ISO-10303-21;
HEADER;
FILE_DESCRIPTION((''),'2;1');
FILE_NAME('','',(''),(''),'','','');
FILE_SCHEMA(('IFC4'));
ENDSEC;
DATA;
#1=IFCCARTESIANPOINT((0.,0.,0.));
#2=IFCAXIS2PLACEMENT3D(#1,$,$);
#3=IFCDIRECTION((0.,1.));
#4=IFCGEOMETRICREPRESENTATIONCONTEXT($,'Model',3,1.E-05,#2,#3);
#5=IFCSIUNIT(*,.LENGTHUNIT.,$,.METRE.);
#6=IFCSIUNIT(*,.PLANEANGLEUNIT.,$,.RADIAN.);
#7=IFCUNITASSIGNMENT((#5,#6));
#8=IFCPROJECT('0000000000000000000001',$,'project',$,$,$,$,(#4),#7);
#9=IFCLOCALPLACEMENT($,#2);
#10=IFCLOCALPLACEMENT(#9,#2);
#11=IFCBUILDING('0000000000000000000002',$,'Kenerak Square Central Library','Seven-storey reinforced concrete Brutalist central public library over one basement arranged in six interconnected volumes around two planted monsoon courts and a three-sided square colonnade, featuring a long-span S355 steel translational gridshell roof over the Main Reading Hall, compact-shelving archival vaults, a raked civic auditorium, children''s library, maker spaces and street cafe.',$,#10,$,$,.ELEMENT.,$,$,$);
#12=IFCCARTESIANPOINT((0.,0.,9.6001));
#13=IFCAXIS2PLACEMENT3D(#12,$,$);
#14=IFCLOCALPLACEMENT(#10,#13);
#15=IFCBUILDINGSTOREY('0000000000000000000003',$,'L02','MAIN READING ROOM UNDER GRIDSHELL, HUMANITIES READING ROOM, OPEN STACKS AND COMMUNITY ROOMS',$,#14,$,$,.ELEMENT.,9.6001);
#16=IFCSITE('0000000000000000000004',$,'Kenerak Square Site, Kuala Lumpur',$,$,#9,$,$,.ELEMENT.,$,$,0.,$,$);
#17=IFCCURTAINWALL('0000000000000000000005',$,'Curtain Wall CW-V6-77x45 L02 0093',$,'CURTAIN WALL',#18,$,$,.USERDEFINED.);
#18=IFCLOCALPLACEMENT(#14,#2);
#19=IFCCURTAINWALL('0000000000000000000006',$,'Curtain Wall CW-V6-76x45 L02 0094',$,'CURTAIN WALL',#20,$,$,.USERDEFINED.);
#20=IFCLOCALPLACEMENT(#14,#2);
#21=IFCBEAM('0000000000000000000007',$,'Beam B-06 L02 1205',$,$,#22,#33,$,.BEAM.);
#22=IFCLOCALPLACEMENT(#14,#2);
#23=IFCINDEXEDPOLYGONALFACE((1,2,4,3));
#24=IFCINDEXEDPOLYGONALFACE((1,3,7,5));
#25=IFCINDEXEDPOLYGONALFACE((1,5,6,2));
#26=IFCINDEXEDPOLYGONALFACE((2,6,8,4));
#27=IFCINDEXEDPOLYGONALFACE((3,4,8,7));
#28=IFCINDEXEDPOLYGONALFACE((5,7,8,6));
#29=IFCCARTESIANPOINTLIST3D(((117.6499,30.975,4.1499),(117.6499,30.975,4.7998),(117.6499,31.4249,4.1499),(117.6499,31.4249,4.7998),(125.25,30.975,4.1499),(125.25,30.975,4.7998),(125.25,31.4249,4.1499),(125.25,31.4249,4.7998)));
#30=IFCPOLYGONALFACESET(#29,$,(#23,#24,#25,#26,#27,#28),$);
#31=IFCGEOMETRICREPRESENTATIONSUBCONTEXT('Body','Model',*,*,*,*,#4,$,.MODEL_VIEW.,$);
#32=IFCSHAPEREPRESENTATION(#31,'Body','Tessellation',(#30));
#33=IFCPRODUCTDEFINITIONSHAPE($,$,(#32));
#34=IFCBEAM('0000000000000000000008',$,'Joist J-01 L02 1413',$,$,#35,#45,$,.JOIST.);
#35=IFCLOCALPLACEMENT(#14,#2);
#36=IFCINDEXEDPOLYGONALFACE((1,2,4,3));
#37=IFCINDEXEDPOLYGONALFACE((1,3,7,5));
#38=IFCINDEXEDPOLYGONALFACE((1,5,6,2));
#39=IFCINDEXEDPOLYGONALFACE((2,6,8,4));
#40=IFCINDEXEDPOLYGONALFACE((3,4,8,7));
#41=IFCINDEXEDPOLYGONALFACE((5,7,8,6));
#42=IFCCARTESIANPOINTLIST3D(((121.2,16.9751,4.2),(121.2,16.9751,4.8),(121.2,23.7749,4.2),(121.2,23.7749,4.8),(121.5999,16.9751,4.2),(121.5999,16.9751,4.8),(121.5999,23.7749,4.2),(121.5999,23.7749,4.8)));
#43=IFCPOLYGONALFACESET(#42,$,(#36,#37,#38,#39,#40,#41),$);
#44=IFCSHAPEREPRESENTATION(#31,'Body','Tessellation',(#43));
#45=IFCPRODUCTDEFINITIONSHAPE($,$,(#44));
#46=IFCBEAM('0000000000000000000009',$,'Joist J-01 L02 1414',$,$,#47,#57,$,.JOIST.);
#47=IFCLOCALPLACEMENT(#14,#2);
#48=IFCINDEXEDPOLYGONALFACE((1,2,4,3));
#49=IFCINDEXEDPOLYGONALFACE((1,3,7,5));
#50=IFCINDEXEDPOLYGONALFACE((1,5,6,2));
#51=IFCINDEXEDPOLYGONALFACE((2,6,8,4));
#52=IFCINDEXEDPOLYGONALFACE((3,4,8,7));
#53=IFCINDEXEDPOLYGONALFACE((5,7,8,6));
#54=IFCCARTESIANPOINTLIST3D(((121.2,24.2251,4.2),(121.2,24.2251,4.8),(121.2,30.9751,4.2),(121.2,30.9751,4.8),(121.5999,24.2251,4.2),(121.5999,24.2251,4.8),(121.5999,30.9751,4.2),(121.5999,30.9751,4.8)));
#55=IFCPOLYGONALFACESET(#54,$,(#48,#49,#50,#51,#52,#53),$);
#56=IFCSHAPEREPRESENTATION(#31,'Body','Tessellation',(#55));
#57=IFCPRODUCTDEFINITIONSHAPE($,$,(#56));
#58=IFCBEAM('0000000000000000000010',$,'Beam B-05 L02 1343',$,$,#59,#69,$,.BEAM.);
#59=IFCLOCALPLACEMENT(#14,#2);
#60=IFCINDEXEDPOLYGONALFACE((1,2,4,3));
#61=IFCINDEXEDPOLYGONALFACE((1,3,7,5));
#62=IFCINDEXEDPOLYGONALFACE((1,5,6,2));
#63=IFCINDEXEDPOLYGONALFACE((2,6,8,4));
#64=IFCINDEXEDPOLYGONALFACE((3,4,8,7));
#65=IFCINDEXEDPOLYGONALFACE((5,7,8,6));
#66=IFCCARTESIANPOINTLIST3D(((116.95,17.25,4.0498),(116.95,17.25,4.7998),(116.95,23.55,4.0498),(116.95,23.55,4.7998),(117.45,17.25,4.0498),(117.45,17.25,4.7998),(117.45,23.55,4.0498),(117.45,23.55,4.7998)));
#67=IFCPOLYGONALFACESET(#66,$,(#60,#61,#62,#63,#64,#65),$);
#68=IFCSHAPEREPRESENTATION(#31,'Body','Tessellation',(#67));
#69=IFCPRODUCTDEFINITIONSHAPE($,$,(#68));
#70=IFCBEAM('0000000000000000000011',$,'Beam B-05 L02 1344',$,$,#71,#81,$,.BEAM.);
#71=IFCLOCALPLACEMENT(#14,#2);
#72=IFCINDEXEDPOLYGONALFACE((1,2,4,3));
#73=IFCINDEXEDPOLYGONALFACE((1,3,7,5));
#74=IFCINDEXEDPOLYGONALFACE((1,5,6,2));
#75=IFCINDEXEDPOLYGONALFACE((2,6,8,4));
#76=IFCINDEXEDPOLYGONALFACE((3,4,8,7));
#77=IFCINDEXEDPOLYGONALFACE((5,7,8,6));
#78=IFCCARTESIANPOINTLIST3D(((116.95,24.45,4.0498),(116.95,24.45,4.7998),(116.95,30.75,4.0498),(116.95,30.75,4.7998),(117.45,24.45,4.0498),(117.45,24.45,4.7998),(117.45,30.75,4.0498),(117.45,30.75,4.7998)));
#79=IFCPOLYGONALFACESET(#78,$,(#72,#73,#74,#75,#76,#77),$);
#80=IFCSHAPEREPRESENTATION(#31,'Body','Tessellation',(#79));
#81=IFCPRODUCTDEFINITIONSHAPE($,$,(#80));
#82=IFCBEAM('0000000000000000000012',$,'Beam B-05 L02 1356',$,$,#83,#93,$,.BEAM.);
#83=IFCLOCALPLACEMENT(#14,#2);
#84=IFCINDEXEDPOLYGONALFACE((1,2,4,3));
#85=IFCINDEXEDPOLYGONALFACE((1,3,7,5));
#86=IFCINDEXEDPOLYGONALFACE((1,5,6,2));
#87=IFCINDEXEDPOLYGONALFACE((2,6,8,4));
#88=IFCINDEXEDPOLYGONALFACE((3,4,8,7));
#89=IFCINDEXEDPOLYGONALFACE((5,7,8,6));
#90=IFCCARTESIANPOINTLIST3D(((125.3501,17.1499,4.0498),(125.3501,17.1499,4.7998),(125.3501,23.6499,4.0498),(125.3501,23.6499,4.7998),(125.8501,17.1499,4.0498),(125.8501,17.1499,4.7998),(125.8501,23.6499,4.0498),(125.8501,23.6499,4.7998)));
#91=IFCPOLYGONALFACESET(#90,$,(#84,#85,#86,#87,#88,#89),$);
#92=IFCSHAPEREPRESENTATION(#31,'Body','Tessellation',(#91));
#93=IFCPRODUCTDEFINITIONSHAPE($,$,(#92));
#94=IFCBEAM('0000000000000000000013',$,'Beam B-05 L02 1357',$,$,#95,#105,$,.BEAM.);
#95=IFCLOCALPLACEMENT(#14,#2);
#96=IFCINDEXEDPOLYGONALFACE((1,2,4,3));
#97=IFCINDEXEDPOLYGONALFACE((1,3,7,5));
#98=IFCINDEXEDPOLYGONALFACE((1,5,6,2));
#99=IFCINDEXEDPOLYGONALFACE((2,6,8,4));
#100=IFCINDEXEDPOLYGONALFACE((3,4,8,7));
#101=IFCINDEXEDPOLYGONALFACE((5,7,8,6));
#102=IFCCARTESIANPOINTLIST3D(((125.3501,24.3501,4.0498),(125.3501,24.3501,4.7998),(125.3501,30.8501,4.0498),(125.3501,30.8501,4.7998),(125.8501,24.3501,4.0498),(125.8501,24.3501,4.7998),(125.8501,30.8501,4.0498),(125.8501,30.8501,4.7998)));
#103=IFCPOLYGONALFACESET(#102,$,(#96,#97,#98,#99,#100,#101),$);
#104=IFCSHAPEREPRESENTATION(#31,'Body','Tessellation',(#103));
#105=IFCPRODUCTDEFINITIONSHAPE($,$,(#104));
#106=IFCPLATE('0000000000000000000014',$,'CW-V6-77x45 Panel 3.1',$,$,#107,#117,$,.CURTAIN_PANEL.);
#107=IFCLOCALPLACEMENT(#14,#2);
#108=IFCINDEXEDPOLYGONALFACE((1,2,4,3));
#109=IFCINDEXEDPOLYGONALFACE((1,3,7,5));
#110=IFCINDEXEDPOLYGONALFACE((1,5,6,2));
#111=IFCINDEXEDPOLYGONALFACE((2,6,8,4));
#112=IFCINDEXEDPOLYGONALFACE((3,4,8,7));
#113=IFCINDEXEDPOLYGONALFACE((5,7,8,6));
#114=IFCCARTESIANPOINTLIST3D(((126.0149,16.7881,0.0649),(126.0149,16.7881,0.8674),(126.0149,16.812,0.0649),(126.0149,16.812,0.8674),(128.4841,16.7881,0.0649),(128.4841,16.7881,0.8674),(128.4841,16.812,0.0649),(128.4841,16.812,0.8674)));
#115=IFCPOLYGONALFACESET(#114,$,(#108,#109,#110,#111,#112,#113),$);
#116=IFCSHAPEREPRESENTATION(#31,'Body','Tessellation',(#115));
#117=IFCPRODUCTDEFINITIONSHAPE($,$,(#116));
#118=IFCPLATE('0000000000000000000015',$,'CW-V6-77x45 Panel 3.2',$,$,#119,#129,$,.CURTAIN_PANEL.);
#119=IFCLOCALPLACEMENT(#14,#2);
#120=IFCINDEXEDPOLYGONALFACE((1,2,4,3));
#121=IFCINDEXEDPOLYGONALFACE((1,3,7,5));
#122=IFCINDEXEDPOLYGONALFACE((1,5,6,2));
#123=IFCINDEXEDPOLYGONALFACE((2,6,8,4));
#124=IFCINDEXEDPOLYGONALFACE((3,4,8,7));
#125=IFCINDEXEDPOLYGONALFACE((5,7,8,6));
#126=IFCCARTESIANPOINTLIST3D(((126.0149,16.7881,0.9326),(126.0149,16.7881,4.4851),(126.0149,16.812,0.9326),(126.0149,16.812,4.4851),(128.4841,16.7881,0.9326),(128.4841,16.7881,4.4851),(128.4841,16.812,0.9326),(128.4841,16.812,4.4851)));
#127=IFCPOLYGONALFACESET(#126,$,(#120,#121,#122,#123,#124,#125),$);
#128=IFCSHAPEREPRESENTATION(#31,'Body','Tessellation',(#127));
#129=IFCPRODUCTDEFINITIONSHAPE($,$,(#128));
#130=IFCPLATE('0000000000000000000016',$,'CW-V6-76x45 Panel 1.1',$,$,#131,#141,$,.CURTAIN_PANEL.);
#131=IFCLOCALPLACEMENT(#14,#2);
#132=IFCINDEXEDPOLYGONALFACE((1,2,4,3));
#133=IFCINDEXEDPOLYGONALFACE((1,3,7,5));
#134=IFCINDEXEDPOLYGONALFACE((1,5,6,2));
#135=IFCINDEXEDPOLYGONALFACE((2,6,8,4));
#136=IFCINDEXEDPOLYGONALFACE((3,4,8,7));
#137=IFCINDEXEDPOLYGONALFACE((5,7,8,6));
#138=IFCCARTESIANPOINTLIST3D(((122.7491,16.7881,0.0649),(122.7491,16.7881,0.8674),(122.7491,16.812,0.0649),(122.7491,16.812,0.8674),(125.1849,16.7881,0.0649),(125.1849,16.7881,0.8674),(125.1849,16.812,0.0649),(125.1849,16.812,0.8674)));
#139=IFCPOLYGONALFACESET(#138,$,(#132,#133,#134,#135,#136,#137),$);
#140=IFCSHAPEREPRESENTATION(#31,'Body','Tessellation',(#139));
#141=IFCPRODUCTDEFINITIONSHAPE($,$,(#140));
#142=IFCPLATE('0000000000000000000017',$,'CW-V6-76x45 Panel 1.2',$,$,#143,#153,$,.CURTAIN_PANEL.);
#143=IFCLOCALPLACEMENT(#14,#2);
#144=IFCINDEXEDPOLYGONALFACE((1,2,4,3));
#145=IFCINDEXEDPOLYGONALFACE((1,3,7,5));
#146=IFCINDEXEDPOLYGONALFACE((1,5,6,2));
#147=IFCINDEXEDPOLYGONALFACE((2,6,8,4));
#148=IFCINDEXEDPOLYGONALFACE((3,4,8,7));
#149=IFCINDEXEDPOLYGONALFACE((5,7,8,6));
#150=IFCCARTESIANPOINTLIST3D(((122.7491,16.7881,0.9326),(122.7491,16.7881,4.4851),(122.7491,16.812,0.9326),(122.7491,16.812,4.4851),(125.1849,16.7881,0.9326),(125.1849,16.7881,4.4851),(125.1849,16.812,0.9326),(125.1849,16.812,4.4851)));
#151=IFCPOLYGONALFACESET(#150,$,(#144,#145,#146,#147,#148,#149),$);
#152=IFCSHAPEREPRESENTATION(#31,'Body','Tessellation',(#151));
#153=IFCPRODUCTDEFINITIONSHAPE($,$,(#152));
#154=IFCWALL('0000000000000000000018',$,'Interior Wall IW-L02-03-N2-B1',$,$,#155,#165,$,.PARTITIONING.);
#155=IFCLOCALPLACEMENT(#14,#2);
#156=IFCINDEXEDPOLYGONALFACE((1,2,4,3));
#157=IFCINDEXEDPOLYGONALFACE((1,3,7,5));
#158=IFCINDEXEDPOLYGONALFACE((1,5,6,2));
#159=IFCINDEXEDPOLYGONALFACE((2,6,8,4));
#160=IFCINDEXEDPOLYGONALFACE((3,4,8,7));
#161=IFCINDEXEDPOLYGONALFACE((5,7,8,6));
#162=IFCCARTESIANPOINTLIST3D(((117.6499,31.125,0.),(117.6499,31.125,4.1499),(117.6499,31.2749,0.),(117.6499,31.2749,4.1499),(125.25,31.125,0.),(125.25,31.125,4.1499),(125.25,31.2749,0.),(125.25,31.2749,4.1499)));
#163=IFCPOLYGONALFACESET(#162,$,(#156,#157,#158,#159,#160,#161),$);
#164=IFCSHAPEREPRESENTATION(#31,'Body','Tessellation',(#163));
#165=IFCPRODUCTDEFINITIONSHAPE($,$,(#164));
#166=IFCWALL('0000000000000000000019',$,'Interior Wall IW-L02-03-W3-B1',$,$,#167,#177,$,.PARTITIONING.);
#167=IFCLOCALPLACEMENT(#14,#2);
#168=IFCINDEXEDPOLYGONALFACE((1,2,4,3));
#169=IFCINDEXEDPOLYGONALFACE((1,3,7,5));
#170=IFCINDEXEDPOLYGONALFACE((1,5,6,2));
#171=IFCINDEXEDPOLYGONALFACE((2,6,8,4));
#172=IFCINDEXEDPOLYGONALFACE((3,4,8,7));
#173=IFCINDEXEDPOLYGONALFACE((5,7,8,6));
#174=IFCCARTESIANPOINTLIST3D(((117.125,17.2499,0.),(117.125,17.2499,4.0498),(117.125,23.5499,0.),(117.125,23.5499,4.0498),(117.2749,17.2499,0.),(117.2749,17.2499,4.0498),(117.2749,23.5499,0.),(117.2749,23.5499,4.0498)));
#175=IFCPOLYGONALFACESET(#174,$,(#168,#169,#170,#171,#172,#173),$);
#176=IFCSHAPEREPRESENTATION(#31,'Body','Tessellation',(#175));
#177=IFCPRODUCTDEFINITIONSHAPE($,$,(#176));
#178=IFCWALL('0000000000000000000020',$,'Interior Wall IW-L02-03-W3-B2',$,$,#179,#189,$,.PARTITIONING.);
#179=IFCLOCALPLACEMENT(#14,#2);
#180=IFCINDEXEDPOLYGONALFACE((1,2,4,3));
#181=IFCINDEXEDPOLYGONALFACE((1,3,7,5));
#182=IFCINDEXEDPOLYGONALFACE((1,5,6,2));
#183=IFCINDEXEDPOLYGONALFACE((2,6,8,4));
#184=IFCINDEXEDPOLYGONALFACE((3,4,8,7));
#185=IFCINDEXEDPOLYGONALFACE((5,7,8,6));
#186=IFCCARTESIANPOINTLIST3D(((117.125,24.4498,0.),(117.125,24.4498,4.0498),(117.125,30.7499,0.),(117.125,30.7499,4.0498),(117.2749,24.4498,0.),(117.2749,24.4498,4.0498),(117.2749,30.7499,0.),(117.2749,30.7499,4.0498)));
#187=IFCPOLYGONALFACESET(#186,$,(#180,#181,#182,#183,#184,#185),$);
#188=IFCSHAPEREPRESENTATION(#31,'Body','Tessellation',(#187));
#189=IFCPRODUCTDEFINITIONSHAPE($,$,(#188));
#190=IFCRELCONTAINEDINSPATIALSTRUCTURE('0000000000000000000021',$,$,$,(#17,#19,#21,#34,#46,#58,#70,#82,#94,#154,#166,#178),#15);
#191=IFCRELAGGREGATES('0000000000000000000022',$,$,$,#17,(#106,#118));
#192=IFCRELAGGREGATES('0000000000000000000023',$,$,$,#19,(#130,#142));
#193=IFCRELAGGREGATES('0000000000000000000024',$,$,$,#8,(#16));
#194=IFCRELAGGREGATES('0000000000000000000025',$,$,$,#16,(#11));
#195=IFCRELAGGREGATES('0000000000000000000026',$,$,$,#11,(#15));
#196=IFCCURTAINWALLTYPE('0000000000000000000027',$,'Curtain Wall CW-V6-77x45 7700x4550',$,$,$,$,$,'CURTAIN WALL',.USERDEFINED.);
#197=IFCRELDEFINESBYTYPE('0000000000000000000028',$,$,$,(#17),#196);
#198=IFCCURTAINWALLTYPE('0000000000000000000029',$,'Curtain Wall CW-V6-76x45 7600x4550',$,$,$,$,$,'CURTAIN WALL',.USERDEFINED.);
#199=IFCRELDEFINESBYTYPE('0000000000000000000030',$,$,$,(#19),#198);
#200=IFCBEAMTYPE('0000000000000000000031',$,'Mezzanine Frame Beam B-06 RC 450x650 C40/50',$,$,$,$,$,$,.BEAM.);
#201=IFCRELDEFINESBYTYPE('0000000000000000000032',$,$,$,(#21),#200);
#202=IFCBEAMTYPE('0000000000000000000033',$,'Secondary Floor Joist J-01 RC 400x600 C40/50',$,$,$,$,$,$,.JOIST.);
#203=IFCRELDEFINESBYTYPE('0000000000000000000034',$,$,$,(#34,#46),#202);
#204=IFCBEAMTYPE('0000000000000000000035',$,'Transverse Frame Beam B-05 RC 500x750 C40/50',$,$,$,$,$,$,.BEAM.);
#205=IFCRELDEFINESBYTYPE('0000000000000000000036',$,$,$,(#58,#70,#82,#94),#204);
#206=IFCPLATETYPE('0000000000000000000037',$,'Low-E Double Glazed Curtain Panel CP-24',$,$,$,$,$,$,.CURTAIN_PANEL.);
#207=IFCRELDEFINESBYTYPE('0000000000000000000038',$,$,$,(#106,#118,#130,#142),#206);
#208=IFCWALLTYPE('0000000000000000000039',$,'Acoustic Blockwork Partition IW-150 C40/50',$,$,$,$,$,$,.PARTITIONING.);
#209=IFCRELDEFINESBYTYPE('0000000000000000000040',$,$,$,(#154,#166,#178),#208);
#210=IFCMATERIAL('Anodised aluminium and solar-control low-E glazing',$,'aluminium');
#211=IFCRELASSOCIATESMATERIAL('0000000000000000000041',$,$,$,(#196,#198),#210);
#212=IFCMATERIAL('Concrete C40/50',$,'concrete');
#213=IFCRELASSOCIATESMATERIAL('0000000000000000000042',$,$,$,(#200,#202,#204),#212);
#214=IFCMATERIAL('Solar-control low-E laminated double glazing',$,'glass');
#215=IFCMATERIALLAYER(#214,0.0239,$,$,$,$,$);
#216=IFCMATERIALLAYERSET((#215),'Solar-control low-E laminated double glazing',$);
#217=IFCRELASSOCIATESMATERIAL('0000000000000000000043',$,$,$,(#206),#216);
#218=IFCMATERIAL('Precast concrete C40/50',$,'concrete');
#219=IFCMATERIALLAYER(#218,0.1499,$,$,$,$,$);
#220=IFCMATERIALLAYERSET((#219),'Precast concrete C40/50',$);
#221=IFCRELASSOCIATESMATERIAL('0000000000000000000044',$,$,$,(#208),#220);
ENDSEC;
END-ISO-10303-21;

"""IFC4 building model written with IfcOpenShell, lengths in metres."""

from ifc_helpers import new_model, si_unit, direction, frame, frame_2d, origin, origin_2d, place, context, subcontext, project, spatial, rectangle, extrude, material, layer, layer_set, material_profile, profile_set, type_object, element, aggregate, save


model = new_model("IFC4")

# Units and contexts
model_context = context("Model", 3, precision=1e-05, world=origin(), true_north=direction((0.0, 1.0)))
body_context = subcontext(model_context, "Body", "Model", "MODEL_VIEW")
ifc_project = project(units=[si_unit("LENGTHUNIT", "METRE"), si_unit("PLANEANGLEUNIT", "RADIAN")], contexts=[model_context])

# Site, building, storey
site_placement = place(None, origin())
site = spatial("IfcSite", under=ifc_project, at=site_placement, Name="Kenerak Square Site, Kuala Lumpur", CompositionType="ELEMENT", RefElevation=0.0)
building_placement = place(site_placement, origin())
building = spatial("IfcBuilding", under=site, at=building_placement, Name="Kenerak Square Central Library", Description="Seven-storey reinforced concrete Brutalist central public library over one basement arranged in six interconnected volumes around two planted monsoon courts and a three-sided square colonnade, featuring a long-span S355 steel translational gridshell roof over the Main Reading Hall, compact-shelving archival vaults, a raked civic auditorium, children's library, maker spaces and street cafe.", CompositionType="ELEMENT")
storey_placement = place(building_placement, frame((0.0, 0.0, 9.6001)))
storey = spatial("IfcBuildingStorey", under=building, at=storey_placement, Name="L02", Description="MAIN READING ROOM UNDER GRIDSHELL, HUMANITIES READING ROOM, OPEN STACKS AND COMMUNITY ROOMS", CompositionType="ELEMENT", Elevation=9.6001)

# Shared definitions
ifc_material_1 = material(Name="Concrete C40/50", Category="concrete")

# Curtain walls
ifc_material_2 = material(Name="Anodised aluminium and solar-control low-E glazing", Category="aluminium")
curtain_wall_type_1 = type_object("IfcCurtainWallType", Name="Curtain Wall CW-V6-77x45 7700x4550", ElementType="CURTAIN WALL", PredefinedType="USERDEFINED", material=ifc_material_2)
curtain_wall_1_placement = place(storey_placement, origin())
curtain_wall_1 = element("IfcCurtainWall", 1, at=curtain_wall_1_placement, inside=storey, type_object=curtain_wall_type_1, Name="Curtain Wall CW-V6-77x45 L02 0093", ObjectType="CURTAIN WALL", PredefinedType="USERDEFINED")
curtain_wall_type_2 = type_object("IfcCurtainWallType", Name="Curtain Wall CW-V6-76x45 7600x4550", ElementType="CURTAIN WALL", PredefinedType="USERDEFINED", material=ifc_material_2)
curtain_wall_2_placement = place(storey_placement, origin())
curtain_wall_2 = element("IfcCurtainWall", 2, at=curtain_wall_2_placement, inside=storey, type_object=curtain_wall_type_2, Name="Curtain Wall CW-V6-76x45 L02 0094", ObjectType="CURTAIN WALL", PredefinedType="USERDEFINED")

# Beams
ifc_material_profile_1 = material_profile(ifc_material_1, rectangle(XDim=0.45, YDim=0.6499, at=origin_2d()), Name="RC 450x650")
ifc_profile_set_1 = profile_set([ifc_material_profile_1], Name="Concrete C40/50")
beam_type_1 = type_object("IfcBeamType", Name="Mezzanine Frame Beam B-06 RC 450x650 C40/50", PredefinedType="BEAM", material=ifc_profile_set_1)
beam_1_placement = place(storey_placement, frame((117.6499, 31.2, 4.4749), z_axis=(1.0, 0.0, 0.0), x_axis=(0.0, 1.0, 0.0)))
element("IfcBeam", 3, at=beam_1_placement, inside=storey, type_object=beam_type_1, Name="Beam B-06 L02 1205", PredefinedType="BEAM", context=body_context, shape_type="SweptSolid", body=[
    extrude(rectangle(XDim=0.45, YDim=0.6499, at=origin_2d()), origin(), (0.0, 0.0, 1.0), 7.6001),
])
ifc_material_profile_2 = material_profile(ifc_material_1, rectangle(XDim=0.3999, YDim=0.6001, at=origin_2d()), Name="RC 400x600")
ifc_profile_set_2 = profile_set([ifc_material_profile_2], Name="Concrete C40/50")
beam_type_2 = type_object("IfcBeamType", Name="Secondary Floor Joist J-01 RC 400x600 C40/50", PredefinedType="JOIST", material=ifc_profile_set_2)
beam_2_placement = place(storey_placement, frame((121.3999, 16.9751, 4.5), z_axis=(0.0, 1.0, 0.0), x_axis=(-1.0, 0.0, 0.0)))
element("IfcBeam", 4, at=beam_2_placement, inside=storey, type_object=beam_type_2, Name="Joist J-01 L02 1413", PredefinedType="JOIST", context=body_context, shape_type="SweptSolid", body=[
    extrude(rectangle(XDim=0.3999, YDim=0.6001, at=origin_2d()), origin(), (0.0, 0.0, 1.0), 6.7998),
])
beam_3_placement = place(storey_placement, frame((121.3999, 24.2251, 4.5), z_axis=(0.0, 1.0, 0.0), x_axis=(-1.0, 0.0, 0.0)))
element("IfcBeam", 5, at=beam_3_placement, inside=storey, type_object=beam_type_2, Name="Joist J-01 L02 1414", PredefinedType="JOIST", context=body_context, shape_type="SweptSolid", body=[
    extrude(rectangle(XDim=0.3999, YDim=0.6001, at=origin_2d()), origin(), (0.0, 0.0, 1.0), 6.75),
])
ifc_material_profile_3 = material_profile(ifc_material_1, rectangle(XDim=0.5, YDim=0.75, at=origin_2d()), Name="RC 500x750")
ifc_profile_set_3 = profile_set([ifc_material_profile_3], Name="Concrete C40/50")
beam_type_3 = type_object("IfcBeamType", Name="Transverse Frame Beam B-05 RC 500x750 C40/50", PredefinedType="BEAM", material=ifc_profile_set_3)
for number, where, z_axis, x_axis, name in (
    (6, (117.2, 17.25, 4.4248), (0.0, 1.0, 0.0), (-1.0, 0.0, 0.0), "Beam B-05 L02 1343"),
    (7, (117.2, 24.45, 4.4248), (0.0, 1.0, 0.0), (-1.0, 0.0, 0.0), "Beam B-05 L02 1344"),
):
    element("IfcBeam", number, at=place(storey_placement, frame(where, z_axis=z_axis, x_axis=x_axis)), inside=storey, type_object=beam_type_3, Name=name, PredefinedType="BEAM", context=body_context, shape_type="SweptSolid", body=[
        extrude(rectangle(XDim=0.5, YDim=0.75, at=origin_2d()), origin(), (0.0, 0.0, 1.0), 6.3),
    ])
for number, where, z_axis, x_axis, name in (
    (8, (125.6001, 17.1499, 4.4248), (0.0, 1.0, 0.0), (-1.0, 0.0, 0.0), "Beam B-05 L02 1356"),
    (9, (125.6001, 24.3501, 4.4248), (0.0, 1.0, 0.0), (-1.0, 0.0, 0.0), "Beam B-05 L02 1357"),
):
    element("IfcBeam", number, at=place(storey_placement, frame(where, z_axis=z_axis, x_axis=x_axis)), inside=storey, type_object=beam_type_3, Name=name, PredefinedType="BEAM", context=body_context, shape_type="SweptSolid", body=[
        extrude(rectangle(XDim=0.5, YDim=0.75, at=origin_2d()), origin(), (0.0, 0.0, 1.0), 6.5),
    ])

# Plates
ifc_material_3 = material(Name="Solar-control low-E laminated double glazing", Category="glass")
ifc_layer_1 = layer(ifc_material_3, 0.0239)
ifc_layer_set_1 = layer_set([ifc_layer_1], Name="Solar-control low-E laminated double glazing")
plate_type = type_object("IfcPlateType", Name="Low-E Double Glazed Curtain Panel CP-24", PredefinedType="CURTAIN_PANEL", material=ifc_layer_set_1)
plate_1_placement = place(storey_placement, frame((127.2495, 16.8, 0.0649), z_axis=(0.0, 0.0, 1.0), x_axis=(-1.0, 0.0, 0.0)))
plate_1 = element("IfcPlate", 10, at=plate_1_placement, type_object=plate_type, Name="CW-V6-77x45 Panel 3.1", PredefinedType="CURTAIN_PANEL", context=body_context, shape_type="SweptSolid", body=[
    extrude(rectangle(XDim=2.4692, YDim=0.0239, at=origin_2d()), origin(), (0.0, 0.0, 1.0), 0.8025),
])
plate_2_placement = place(storey_placement, frame((127.2495, 16.8, 0.9326), z_axis=(0.0, 0.0, 1.0), x_axis=(-1.0, 0.0, 0.0)))
plate_2 = element("IfcPlate", 11, at=plate_2_placement, type_object=plate_type, Name="CW-V6-77x45 Panel 3.2", PredefinedType="CURTAIN_PANEL", context=body_context, shape_type="SweptSolid", body=[
    extrude(rectangle(XDim=2.4692, YDim=0.0239, at=origin_2d()), origin(), (0.0, 0.0, 1.0), 3.5525),
])
aggregate(curtain_wall_1, [plate_1, plate_2])
plate_3_placement = place(storey_placement, frame((123.967, 16.8, 0.0649), z_axis=(0.0, 0.0, 1.0), x_axis=(-1.0, 0.0, 0.0)))
plate_3 = element("IfcPlate", 12, at=plate_3_placement, type_object=plate_type, Name="CW-V6-76x45 Panel 1.1", PredefinedType="CURTAIN_PANEL", context=body_context, shape_type="SweptSolid", body=[
    extrude(rectangle(XDim=2.4358, YDim=0.0239, at=origin_2d()), origin(), (0.0, 0.0, 1.0), 0.8025),
])
plate_4_placement = place(storey_placement, frame((123.967, 16.8, 0.9326), z_axis=(0.0, 0.0, 1.0), x_axis=(-1.0, 0.0, 0.0)))
plate_4 = element("IfcPlate", 13, at=plate_4_placement, type_object=plate_type, Name="CW-V6-76x45 Panel 1.2", PredefinedType="CURTAIN_PANEL", context=body_context, shape_type="SweptSolid", body=[
    extrude(rectangle(XDim=2.4358, YDim=0.0239, at=origin_2d()), origin(), (0.0, 0.0, 1.0), 3.5525),
])
aggregate(curtain_wall_2, [plate_3, plate_4])

# Walls
ifc_material_4 = material(Name="Precast concrete C40/50", Category="concrete")
ifc_layer_2 = layer(ifc_material_4, 0.1499)
ifc_layer_set_2 = layer_set([ifc_layer_2], Name="Precast concrete C40/50")
wall_type = type_object("IfcWallType", Name="Acoustic Blockwork Partition IW-150 C40/50", PredefinedType="PARTITIONING", material=ifc_layer_set_2)
wall_placement = place(storey_placement, frame((117.6499, 31.2, 0.0), z_axis=(0.0, 0.0, 1.0), x_axis=(1.0, 0.0, 0.0)))
element("IfcWall", 14, at=wall_placement, inside=storey, type_object=wall_type, Name="Interior Wall IW-L02-03-N2-B1", PredefinedType="PARTITIONING", context=body_context, shape_type="SweptSolid", body=[
    extrude(rectangle(XDim=7.6001, YDim=0.1499, at=frame_2d((3.8, 0.0))), origin(), (0.0, 0.0, 1.0), 4.1499),
])
for number, where, z_axis, x_axis, name in (
    (15, (117.2, 17.25, 0.0), (0.0, 0.0, 1.0), (0.0, 1.0, 0.0), "Interior Wall IW-L02-03-W3-B1"),
    (16, (117.2, 24.45, 0.0), (0.0, 0.0, 1.0), (0.0, 1.0, 0.0), "Interior Wall IW-L02-03-W3-B2"),
):
    element("IfcWall", number, at=place(storey_placement, frame(where, z_axis=z_axis, x_axis=x_axis)), inside=storey, type_object=wall_type, Name=name, PredefinedType="PARTITIONING", context=body_context, shape_type="SweptSolid", body=[
        extrude(rectangle(XDim=6.3, YDim=0.1499, at=frame_2d((3.1499, 0.0))), origin(), (0.0, 0.0, 1.0), 4.0498),
    ])

save(model, "model.ifc")
